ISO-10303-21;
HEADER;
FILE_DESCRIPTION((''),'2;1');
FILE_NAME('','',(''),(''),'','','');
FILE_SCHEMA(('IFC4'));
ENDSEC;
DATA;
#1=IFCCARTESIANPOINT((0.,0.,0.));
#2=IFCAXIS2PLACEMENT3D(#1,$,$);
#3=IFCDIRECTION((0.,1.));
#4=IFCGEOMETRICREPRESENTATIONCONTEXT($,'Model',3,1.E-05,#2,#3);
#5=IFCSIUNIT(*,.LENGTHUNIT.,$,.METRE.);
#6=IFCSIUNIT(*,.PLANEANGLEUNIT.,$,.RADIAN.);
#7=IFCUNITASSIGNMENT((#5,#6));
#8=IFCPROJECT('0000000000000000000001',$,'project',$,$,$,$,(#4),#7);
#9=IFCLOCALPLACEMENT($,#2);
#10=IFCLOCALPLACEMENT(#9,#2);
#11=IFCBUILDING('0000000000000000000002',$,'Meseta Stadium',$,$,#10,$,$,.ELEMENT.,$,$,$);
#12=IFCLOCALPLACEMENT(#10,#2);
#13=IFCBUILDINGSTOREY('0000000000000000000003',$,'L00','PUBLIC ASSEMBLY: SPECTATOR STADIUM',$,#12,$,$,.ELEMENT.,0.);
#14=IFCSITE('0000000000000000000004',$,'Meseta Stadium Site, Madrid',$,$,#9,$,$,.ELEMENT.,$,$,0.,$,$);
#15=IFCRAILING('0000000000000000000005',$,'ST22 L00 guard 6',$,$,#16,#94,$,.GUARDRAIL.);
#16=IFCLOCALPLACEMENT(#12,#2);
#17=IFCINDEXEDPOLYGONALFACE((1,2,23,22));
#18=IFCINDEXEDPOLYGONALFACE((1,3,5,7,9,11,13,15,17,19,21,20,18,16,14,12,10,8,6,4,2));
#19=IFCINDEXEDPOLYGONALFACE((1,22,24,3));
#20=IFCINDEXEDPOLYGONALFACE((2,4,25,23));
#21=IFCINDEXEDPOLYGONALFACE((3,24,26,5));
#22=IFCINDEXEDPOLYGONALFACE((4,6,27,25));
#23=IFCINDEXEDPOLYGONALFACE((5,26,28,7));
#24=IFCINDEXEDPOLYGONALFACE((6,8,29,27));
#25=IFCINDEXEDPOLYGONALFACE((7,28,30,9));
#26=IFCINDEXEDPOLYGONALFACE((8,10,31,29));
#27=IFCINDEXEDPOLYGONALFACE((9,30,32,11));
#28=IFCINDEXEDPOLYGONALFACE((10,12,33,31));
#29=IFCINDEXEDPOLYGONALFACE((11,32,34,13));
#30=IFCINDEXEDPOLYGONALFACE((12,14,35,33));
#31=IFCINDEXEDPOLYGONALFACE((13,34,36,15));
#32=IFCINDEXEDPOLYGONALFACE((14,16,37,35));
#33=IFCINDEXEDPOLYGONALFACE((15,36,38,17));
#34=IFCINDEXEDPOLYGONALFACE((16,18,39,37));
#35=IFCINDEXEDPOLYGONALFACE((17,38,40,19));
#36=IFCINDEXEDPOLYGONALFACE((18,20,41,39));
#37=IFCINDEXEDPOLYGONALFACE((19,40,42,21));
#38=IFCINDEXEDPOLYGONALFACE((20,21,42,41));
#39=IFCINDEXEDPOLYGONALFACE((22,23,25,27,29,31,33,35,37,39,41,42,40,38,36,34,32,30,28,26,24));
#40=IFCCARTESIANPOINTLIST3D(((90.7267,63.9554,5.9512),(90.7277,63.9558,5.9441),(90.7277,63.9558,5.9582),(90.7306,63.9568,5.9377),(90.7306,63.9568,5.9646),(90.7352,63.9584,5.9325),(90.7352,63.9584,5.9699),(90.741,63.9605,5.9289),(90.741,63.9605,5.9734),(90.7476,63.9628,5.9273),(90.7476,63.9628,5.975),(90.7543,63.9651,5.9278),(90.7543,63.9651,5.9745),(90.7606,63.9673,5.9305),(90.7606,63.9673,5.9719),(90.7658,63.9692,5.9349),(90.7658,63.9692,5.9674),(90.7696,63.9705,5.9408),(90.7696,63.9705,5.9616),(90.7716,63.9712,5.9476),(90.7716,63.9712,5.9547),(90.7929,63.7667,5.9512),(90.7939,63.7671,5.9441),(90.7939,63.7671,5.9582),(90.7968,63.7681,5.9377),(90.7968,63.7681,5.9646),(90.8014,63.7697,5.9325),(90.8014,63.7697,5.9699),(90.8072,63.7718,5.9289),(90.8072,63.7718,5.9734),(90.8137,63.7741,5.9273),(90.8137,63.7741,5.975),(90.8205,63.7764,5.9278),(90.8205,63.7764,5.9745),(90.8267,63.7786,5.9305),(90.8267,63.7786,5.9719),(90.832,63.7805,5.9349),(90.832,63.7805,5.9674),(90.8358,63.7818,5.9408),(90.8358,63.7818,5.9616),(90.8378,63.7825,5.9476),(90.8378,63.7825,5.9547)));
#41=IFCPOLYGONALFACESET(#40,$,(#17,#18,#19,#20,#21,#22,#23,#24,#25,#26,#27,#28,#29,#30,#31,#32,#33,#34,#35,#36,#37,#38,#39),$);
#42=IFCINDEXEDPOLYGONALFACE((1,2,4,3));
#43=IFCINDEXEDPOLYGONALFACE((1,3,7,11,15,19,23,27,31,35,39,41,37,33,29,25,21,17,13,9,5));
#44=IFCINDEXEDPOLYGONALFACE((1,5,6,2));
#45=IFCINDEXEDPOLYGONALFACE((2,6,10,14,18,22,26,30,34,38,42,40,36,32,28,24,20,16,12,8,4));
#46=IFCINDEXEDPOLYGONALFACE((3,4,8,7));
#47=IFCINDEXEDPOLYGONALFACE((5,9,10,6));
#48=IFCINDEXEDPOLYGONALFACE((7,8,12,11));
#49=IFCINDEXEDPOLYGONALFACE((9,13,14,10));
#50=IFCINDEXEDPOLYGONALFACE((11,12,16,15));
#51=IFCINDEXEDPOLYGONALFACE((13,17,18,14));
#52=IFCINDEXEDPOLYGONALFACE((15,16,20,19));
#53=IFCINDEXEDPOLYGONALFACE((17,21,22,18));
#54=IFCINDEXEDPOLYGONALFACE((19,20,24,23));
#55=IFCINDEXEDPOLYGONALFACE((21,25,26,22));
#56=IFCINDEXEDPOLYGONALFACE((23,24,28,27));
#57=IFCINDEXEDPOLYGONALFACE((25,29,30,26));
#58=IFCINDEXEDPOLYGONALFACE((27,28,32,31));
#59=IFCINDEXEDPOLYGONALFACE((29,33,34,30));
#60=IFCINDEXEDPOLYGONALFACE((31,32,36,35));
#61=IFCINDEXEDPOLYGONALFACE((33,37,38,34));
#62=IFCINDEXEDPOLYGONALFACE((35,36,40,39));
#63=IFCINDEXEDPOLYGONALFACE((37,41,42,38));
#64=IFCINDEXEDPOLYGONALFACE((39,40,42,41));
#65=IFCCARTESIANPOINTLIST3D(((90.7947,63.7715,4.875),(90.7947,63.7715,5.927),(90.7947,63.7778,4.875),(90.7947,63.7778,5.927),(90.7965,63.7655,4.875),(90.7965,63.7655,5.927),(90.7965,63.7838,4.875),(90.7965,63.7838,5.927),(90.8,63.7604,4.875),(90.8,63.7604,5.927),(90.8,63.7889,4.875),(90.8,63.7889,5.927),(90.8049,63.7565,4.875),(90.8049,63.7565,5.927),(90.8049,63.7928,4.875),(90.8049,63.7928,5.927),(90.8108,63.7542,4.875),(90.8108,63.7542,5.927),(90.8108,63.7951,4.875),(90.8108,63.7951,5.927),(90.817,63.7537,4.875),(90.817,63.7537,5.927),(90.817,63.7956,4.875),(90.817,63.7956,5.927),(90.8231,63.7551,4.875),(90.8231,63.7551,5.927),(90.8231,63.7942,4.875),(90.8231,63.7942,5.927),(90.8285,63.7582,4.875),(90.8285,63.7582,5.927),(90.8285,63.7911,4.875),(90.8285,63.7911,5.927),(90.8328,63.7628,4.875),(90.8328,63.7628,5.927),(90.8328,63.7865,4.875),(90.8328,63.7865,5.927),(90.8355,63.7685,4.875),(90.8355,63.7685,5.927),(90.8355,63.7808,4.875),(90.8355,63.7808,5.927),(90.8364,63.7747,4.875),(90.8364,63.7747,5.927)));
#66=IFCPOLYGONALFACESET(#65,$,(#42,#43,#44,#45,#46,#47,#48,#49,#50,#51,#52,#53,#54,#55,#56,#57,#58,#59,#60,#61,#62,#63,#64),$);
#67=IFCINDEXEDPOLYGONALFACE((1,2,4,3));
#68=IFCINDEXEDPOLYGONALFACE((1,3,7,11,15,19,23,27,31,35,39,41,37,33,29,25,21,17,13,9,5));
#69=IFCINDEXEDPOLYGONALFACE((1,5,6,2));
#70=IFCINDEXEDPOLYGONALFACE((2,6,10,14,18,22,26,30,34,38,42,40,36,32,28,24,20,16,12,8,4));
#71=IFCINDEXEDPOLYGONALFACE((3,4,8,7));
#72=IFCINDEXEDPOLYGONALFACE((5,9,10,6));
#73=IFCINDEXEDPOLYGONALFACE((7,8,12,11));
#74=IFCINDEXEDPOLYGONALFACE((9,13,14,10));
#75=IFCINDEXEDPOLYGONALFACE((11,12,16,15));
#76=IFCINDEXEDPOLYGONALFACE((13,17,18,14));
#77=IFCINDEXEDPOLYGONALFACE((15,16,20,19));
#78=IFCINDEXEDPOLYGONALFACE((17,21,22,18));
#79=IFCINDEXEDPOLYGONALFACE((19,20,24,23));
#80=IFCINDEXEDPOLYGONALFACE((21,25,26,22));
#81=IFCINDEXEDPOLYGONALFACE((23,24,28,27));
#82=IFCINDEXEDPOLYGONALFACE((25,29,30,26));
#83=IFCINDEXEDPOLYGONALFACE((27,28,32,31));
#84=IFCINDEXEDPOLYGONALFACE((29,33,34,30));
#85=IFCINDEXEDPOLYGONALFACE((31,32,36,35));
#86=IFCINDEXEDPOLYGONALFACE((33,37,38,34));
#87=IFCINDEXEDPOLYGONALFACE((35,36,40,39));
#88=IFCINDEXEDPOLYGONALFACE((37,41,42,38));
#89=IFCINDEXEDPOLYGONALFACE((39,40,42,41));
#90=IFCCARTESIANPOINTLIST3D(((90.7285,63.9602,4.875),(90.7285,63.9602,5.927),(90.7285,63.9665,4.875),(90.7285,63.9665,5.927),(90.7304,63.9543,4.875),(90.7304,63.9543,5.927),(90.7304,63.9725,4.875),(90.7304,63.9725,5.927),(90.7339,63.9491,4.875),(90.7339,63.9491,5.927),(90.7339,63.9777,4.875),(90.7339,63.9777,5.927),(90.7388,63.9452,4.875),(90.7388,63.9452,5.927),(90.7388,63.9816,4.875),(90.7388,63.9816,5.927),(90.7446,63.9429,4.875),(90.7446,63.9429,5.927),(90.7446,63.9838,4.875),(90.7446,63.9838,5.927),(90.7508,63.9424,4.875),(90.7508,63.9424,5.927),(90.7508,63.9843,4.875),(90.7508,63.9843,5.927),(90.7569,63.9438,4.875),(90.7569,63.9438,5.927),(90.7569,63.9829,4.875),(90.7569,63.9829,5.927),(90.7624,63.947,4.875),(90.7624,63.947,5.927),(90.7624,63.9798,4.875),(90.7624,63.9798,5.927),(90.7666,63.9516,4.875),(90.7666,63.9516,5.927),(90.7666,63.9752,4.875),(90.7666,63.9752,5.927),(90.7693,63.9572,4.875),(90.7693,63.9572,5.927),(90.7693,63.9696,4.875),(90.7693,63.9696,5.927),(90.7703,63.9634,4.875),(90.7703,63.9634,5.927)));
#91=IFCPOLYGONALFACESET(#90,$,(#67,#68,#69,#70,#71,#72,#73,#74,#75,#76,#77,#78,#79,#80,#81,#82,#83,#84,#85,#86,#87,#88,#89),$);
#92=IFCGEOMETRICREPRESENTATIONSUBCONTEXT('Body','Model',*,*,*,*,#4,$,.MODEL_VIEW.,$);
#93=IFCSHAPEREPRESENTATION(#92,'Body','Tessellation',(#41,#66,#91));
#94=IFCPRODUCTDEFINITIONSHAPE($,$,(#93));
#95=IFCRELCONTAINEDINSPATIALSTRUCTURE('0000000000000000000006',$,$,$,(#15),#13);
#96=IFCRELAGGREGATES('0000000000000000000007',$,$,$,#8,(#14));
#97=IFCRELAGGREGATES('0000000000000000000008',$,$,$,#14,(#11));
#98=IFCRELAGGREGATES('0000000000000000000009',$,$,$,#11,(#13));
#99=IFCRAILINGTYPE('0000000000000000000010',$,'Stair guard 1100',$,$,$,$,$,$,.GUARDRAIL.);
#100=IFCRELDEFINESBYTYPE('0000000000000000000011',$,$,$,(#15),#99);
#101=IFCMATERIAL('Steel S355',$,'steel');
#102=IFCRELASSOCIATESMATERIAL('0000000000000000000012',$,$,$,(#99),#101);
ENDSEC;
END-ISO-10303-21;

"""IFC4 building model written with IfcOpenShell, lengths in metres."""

from ifc_helpers import new_model, si_unit, direction, frame, origin, origin_2d, place, context, subcontext, project, spatial, circle, extrude, material, type_object, element, save


model = new_model("IFC4")

# Units and contexts
model_context = context("Model", 3, precision=1e-05, world=origin(), true_north=direction((0.0, 1.0)))
body_context = subcontext(model_context, "Body", "Model", "MODEL_VIEW")
ifc_project = project(units=[si_unit("LENGTHUNIT", "METRE"), si_unit("PLANEANGLEUNIT", "RADIAN")], contexts=[model_context])

# Site, building, storey
site_placement = place(None, origin())
site = spatial("IfcSite", under=ifc_project, at=site_placement, Name="Meseta Stadium Site, Madrid", CompositionType="ELEMENT", RefElevation=0.0)
building_placement = place(site_placement, origin())
building = spatial("IfcBuilding", under=site, at=building_placement, Name="Meseta Stadium", CompositionType="ELEMENT")
storey_placement = place(building_placement, origin())
storey = spatial("IfcBuildingStorey", under=building, at=storey_placement, Name="L00", Description="PUBLIC ASSEMBLY: SPECTATOR STADIUM", CompositionType="ELEMENT", Elevation=0.0)

# Railing
ifc_material_1 = material(Name="Steel S355", Category="steel")
railing_type_1 = type_object("IfcRailingType", Name="Stair guard 1100", PredefinedType="GUARDRAIL", material=ifc_material_1)
railing_1_placement = place(storey_placement, frame((90.8154, 63.7747, 4.875)))
element("IfcRailing", 1, at=railing_1_placement, inside=storey, type_object=railing_type_1, Name="ST22 L00 guard 6", PredefinedType="GUARDRAIL", context=body_context, shape_type="SweptSolid", body=[
    extrude(circle(Radius=0.0239, at=origin_2d()), frame((0.0, 0.0, 1.0762), z_axis=(-0.33084, 0.943687, 0.0), x_axis=(-0.943687, -0.33084, 0.0)), (0.0, 0.0, 1.0), 0.2),
    extrude(circle(Radius=0.021, at=origin_2d()), origin(), (0.0, 0.0, 1.0), 1.052),
    extrude(circle(Radius=0.021, at=origin_2d()), frame((-0.0662, 0.1887, 0.0)), (0.0, 0.0, 1.0), 1.052),
])

save(model, "model.ifc")
